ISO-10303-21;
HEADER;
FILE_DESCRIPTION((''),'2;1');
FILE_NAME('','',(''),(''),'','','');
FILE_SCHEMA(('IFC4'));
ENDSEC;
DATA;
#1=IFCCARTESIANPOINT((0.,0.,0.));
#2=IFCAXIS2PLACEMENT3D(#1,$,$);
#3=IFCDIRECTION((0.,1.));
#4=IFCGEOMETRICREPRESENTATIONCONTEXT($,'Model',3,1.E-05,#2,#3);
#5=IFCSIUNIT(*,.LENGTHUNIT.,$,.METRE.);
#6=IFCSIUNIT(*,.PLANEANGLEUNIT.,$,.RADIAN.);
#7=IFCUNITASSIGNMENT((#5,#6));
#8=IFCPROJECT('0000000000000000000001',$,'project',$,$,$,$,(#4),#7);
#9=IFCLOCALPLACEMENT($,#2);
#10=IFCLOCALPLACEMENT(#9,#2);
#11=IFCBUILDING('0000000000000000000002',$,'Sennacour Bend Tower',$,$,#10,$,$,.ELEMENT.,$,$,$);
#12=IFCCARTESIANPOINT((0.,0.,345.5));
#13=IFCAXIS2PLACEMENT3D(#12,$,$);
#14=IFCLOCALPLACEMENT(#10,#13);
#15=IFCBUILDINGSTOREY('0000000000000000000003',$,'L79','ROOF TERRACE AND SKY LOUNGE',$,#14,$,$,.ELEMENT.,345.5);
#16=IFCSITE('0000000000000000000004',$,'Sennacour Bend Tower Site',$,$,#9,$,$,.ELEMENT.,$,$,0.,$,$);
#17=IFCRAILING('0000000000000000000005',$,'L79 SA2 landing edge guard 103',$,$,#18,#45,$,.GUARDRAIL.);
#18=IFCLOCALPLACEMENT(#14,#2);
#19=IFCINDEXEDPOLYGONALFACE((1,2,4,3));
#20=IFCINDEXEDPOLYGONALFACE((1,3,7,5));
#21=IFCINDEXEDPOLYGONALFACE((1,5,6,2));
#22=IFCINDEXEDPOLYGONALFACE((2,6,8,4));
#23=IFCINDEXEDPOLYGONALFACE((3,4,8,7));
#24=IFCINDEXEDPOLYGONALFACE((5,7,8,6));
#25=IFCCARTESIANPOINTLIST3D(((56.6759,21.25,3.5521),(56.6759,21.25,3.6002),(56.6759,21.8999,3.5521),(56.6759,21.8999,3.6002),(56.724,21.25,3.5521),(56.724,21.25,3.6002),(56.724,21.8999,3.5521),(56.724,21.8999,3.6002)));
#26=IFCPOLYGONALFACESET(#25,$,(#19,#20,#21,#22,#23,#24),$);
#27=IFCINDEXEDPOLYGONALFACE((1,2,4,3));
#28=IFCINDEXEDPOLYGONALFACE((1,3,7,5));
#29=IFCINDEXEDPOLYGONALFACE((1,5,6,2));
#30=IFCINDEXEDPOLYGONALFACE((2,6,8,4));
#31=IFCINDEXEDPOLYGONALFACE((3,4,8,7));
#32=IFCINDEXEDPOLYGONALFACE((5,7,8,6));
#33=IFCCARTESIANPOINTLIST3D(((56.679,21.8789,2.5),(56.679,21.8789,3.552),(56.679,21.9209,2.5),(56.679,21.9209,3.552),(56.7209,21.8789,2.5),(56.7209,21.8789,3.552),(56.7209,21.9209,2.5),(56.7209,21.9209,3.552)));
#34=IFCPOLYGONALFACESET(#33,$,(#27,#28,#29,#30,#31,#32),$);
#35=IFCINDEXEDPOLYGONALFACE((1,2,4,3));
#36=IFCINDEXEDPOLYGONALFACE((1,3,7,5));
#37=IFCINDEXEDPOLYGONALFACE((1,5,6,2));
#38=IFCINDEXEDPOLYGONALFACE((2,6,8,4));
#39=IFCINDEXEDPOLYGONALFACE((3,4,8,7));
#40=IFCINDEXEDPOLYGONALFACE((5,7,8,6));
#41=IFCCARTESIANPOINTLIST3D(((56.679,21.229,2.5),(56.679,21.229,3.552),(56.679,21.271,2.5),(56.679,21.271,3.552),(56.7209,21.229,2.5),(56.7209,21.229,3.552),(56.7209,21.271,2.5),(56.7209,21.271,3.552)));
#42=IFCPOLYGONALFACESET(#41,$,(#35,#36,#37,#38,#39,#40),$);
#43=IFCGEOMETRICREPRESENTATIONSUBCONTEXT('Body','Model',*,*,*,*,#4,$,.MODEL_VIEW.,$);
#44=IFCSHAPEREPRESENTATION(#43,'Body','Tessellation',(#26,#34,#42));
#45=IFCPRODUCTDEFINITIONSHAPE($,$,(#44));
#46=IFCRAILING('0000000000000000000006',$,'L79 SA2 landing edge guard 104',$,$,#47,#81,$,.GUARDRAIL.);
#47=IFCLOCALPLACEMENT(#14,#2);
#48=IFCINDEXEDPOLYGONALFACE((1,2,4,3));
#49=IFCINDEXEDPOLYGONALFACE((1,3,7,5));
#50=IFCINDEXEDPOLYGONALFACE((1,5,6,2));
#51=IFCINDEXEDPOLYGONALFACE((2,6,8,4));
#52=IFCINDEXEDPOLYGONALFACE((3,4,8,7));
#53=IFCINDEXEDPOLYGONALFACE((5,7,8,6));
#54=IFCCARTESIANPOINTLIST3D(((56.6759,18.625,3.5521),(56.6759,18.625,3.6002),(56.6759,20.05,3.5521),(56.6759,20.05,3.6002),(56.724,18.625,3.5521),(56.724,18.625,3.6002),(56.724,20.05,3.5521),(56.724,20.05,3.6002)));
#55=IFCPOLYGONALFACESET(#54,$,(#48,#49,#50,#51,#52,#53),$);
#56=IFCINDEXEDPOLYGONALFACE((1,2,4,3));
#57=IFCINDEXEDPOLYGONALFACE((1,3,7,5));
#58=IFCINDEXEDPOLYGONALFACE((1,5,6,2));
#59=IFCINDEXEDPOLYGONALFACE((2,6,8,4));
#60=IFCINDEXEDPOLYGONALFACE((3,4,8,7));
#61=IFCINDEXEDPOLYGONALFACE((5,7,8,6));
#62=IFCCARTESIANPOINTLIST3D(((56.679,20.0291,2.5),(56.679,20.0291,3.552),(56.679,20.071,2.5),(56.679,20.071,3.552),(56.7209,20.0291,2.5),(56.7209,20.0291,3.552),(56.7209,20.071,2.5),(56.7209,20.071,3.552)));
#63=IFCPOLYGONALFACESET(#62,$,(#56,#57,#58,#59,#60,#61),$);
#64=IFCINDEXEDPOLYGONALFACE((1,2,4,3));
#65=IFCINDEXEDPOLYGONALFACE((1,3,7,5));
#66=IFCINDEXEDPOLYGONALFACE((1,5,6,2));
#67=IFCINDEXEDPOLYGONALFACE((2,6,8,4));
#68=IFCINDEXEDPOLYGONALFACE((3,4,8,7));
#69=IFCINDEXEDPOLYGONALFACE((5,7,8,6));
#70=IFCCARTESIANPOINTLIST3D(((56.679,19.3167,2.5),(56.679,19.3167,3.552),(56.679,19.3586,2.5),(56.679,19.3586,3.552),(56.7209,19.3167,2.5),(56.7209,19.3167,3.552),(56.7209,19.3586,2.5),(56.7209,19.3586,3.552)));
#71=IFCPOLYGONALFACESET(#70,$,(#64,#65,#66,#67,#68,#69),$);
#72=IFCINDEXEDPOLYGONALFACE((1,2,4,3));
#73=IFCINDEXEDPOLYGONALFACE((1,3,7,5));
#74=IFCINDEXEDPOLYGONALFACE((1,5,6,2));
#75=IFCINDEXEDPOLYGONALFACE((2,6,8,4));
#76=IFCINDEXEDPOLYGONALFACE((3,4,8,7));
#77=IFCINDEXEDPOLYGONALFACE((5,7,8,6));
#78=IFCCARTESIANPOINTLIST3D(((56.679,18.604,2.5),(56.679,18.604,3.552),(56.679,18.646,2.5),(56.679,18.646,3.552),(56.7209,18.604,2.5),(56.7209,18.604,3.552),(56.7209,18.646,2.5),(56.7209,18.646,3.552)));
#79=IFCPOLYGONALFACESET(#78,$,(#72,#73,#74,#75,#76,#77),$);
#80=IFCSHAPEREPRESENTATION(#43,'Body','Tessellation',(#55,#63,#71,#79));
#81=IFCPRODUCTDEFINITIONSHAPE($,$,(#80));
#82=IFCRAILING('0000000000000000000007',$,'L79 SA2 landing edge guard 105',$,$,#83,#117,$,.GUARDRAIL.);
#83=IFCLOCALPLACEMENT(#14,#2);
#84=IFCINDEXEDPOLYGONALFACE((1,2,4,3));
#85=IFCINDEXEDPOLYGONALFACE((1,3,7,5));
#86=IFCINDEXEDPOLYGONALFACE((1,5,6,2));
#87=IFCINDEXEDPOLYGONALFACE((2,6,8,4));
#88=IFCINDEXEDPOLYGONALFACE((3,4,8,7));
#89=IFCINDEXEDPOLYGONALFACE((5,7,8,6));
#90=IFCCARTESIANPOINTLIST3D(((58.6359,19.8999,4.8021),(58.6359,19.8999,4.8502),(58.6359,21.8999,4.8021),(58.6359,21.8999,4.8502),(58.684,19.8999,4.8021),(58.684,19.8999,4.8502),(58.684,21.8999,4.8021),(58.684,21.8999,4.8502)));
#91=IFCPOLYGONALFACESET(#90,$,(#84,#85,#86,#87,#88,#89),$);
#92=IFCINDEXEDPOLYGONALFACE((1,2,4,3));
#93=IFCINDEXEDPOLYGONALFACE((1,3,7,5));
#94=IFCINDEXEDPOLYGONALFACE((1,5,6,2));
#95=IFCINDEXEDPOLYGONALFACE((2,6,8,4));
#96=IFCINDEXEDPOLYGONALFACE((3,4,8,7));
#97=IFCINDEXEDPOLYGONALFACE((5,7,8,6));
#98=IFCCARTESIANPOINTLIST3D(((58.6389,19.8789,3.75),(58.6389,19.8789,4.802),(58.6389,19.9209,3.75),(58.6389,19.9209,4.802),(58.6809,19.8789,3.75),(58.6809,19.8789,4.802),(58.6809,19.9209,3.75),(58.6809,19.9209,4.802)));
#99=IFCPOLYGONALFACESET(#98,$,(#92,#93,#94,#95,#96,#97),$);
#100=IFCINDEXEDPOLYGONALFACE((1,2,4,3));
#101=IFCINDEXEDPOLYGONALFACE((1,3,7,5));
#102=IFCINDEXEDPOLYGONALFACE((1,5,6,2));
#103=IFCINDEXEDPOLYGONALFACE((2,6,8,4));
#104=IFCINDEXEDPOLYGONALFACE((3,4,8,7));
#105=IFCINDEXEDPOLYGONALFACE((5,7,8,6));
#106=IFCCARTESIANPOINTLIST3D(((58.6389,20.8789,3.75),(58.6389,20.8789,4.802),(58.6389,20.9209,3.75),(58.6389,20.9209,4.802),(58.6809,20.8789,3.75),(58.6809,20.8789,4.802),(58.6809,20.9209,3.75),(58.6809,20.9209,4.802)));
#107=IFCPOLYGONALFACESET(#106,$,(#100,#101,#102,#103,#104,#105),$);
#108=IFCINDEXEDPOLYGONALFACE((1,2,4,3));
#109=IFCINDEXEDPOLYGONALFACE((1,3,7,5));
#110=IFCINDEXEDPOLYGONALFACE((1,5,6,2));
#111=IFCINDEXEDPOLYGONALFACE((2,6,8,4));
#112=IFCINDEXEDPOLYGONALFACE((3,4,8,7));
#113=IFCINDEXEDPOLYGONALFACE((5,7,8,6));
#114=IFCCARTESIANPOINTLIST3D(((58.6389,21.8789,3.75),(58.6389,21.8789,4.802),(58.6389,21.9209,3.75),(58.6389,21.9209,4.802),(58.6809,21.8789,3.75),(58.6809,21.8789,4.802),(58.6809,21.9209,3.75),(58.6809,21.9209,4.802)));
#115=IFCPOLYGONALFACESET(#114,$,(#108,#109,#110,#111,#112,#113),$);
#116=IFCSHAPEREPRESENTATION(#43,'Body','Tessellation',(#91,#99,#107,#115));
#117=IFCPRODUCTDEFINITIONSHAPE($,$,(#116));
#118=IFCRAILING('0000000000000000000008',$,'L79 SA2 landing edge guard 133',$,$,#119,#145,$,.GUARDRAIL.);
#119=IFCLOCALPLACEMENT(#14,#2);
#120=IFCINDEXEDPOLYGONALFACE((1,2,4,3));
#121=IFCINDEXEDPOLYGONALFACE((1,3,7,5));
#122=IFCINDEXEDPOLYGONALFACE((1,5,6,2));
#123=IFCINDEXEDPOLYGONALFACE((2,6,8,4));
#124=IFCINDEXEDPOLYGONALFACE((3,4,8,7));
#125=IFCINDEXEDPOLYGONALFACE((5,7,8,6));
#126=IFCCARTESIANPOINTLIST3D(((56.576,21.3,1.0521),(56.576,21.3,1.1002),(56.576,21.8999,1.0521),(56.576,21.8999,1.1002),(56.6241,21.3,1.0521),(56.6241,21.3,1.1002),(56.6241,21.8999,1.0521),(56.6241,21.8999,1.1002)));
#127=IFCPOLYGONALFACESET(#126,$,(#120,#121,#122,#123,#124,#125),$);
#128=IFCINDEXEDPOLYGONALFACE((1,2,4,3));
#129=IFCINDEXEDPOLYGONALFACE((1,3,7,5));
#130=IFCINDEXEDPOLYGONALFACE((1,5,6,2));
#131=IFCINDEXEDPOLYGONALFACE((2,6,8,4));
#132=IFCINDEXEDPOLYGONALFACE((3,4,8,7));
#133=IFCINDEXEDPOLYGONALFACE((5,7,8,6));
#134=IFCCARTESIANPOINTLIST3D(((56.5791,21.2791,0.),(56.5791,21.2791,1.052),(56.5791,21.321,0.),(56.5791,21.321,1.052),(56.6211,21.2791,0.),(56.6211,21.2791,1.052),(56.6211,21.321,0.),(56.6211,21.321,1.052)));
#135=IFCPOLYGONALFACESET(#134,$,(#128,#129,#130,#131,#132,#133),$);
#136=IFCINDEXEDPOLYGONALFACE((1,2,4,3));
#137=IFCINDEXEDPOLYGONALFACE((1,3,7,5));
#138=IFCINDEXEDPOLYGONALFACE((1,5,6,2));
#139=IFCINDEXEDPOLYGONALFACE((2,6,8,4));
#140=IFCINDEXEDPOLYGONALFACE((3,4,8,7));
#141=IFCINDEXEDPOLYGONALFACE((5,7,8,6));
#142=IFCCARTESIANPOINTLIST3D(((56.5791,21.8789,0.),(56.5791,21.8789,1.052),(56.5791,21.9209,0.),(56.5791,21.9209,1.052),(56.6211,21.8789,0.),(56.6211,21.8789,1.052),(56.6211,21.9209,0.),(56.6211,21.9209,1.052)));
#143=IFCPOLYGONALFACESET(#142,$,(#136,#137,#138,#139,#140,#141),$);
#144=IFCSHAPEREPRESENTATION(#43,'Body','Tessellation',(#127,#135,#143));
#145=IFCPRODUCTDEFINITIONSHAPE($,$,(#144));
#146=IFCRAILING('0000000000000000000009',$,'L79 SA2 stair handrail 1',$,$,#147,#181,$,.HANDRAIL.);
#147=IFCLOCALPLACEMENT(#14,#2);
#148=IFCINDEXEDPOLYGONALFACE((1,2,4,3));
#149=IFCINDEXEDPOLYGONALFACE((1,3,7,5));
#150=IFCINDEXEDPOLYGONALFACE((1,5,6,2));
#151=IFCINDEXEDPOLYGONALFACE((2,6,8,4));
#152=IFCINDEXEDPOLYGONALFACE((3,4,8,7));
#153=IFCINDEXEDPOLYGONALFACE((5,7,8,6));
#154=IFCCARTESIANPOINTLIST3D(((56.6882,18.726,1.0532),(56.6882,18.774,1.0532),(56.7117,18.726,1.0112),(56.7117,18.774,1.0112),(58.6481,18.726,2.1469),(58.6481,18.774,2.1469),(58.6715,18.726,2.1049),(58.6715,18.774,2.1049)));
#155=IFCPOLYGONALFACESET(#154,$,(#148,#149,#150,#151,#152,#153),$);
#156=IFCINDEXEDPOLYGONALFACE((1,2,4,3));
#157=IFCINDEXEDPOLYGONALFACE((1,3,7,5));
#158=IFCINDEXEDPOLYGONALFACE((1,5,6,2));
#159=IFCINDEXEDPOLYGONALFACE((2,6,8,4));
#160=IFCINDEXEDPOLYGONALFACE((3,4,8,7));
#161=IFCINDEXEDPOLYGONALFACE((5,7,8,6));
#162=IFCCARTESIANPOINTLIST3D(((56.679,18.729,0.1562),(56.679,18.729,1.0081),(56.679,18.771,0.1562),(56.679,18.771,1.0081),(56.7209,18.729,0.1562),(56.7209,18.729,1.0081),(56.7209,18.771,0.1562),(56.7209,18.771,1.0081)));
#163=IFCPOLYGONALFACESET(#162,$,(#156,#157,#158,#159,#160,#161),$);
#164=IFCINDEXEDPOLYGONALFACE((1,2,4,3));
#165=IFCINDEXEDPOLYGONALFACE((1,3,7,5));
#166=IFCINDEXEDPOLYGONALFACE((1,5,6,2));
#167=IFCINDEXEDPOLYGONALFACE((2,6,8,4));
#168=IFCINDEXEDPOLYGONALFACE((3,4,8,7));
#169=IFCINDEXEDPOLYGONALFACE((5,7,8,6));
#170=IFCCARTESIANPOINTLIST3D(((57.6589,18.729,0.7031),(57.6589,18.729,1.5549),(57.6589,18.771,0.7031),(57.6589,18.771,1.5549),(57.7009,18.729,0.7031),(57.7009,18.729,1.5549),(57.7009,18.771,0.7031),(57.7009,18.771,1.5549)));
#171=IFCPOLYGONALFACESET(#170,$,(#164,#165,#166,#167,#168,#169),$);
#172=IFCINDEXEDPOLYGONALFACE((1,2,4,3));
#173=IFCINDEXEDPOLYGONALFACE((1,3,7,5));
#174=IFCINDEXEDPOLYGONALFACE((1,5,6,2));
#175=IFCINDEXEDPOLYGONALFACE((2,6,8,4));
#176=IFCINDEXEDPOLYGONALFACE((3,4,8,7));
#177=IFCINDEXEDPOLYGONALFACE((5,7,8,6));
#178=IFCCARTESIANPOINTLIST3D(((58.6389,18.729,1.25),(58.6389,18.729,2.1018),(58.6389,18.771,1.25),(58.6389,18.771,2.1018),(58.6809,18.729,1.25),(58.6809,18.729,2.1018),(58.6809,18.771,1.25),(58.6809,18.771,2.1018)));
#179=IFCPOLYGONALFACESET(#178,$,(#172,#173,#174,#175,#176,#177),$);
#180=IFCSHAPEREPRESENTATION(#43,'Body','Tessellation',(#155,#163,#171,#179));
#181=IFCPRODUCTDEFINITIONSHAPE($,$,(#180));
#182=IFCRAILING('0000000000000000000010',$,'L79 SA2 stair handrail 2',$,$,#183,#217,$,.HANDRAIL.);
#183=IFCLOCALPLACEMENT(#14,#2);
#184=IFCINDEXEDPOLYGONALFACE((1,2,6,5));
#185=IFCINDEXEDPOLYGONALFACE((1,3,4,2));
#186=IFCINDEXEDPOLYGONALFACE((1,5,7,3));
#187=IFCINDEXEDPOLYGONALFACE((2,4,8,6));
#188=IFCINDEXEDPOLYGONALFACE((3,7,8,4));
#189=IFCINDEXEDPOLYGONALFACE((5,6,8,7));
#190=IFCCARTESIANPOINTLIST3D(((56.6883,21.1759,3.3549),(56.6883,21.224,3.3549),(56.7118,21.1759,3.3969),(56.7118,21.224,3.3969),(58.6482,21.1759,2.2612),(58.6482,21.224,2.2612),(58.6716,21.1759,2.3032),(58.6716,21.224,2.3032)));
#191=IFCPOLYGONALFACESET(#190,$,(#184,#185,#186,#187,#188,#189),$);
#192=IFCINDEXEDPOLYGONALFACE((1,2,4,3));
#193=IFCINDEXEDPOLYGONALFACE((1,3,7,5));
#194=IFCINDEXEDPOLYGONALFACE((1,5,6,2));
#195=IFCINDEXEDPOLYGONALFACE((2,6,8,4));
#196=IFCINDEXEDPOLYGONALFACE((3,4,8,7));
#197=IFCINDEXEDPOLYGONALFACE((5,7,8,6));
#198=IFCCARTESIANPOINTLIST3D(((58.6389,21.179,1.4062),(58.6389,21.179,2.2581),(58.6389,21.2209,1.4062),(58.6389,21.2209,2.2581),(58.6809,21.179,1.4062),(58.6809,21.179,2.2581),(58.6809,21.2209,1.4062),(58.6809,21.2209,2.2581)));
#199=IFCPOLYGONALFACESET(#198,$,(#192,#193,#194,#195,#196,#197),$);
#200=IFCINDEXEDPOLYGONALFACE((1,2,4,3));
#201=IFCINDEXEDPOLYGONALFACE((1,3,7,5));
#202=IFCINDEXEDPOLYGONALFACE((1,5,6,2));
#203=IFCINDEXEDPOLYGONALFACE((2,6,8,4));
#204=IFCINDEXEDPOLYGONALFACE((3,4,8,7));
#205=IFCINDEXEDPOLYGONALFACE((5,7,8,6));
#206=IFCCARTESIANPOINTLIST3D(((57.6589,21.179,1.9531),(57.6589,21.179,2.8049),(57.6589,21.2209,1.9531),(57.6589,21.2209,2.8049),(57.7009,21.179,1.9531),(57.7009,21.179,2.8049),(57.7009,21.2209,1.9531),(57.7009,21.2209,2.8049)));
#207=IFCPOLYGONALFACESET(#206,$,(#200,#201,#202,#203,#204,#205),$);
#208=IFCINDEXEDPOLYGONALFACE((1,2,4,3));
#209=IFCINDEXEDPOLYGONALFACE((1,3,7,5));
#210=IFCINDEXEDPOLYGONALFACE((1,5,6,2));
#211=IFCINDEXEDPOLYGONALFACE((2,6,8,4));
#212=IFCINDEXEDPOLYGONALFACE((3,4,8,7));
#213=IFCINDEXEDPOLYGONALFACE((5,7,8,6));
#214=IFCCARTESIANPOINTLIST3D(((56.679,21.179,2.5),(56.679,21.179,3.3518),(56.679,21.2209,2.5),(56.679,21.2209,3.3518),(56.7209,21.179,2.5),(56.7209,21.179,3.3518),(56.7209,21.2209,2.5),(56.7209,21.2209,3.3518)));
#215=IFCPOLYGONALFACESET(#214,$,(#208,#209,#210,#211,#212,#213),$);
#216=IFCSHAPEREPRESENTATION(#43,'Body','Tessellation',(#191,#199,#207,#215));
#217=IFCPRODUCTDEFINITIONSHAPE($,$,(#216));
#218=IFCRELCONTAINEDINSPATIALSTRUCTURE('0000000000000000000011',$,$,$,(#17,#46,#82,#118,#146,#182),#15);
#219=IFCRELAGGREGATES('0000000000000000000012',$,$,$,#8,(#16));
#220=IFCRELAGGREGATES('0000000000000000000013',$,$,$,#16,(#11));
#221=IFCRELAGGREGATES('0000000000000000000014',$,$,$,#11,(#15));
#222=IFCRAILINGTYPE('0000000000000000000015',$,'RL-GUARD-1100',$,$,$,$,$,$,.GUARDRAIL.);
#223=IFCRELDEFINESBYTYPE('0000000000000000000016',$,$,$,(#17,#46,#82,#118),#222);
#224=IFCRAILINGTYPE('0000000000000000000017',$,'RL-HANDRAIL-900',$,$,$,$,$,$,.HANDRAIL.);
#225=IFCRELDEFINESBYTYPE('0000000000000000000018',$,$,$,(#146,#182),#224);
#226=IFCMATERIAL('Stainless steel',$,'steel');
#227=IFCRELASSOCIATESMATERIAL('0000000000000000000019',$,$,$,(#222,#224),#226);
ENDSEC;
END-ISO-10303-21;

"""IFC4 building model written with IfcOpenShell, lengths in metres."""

from ifc_helpers import new_model, si_unit, direction, frame, origin, origin_2d, place, context, subcontext, project, spatial, rectangle, extrude, material, type_object, element, save


model = new_model("IFC4")

# Units and contexts
model_context = context("Model", 3, precision=1e-05, world=origin(), true_north=direction((0.0, 1.0)))
body_context = subcontext(model_context, "Body", "Model", "MODEL_VIEW")
ifc_project = project(units=[si_unit("LENGTHUNIT", "METRE"), si_unit("PLANEANGLEUNIT", "RADIAN")], contexts=[model_context])

# Site, building, storey
site_placement = place(None, origin())
site = spatial("IfcSite", under=ifc_project, at=site_placement, Name="Sennacour Bend Tower Site", CompositionType="ELEMENT", RefElevation=0.0)
building_placement = place(site_placement, origin())
building = spatial("IfcBuilding", under=site, at=building_placement, Name="Sennacour Bend Tower", CompositionType="ELEMENT")
storey_placement = place(building_placement, frame((0.0, 0.0, 345.5)))
storey = spatial("IfcBuildingStorey", under=building, at=storey_placement, Name="L79", Description="ROOF TERRACE AND SKY LOUNGE", CompositionType="ELEMENT", Elevation=345.5)

# Shared definitions
ifc_material_1 = material(Name="Stainless steel", Category="steel")

# Railings
railing_type_1 = type_object("IfcRailingType", Name="RL-GUARD-1100", PredefinedType="GUARDRAIL", material=ifc_material_1)
railing_1_placement = place(storey_placement, frame((56.7, 21.8999, 2.5)))
element("IfcRailing", 1, at=railing_1_placement, inside=storey, type_object=railing_type_1, Name="L79 SA2 landing edge guard 103", PredefinedType="GUARDRAIL", context=body_context, shape_type="SweptSolid", body=[
    extrude(rectangle(XDim=0.0481, YDim=0.0481, at=origin_2d()), frame((0.0, 0.0, 1.0762), z_axis=(0.0, -1.0, 0.0), x_axis=(1.0, 0.0, 0.0)), (0.0, 0.0, 1.0), 0.6499),
    extrude(rectangle(XDim=0.042, YDim=0.042, at=origin_2d()), origin(), (0.0, 0.0, 1.0), 1.052),
    extrude(rectangle(XDim=0.042, YDim=0.042, at=origin_2d()), frame((0.0, -0.6499, 0.0)), (0.0, 0.0, 1.0), 1.052),
])
railing_2_placement = place(storey_placement, frame((56.7, 20.05, 2.5)))
element("IfcRailing", 2, at=railing_2_placement, inside=storey, type_object=railing_type_1, Name="L79 SA2 landing edge guard 104", PredefinedType="GUARDRAIL", context=body_context, shape_type="SweptSolid", body=[
    extrude(rectangle(XDim=0.0481, YDim=0.0481, at=origin_2d()), frame((0.0, 0.0, 1.0762), z_axis=(0.0, -1.0, 0.0), x_axis=(1.0, 0.0, 0.0)), (0.0, 0.0, 1.0), 1.425),
    extrude(rectangle(XDim=0.042, YDim=0.042, at=origin_2d()), origin(), (0.0, 0.0, 1.0), 1.052),
    extrude(rectangle(XDim=0.042, YDim=0.042, at=origin_2d()), frame((0.0, -0.7124, 0.0)), (0.0, 0.0, 1.0), 1.052),
    extrude(rectangle(XDim=0.042, YDim=0.042, at=origin_2d()), frame((0.0, -1.425, 0.0)), (0.0, 0.0, 1.0), 1.052),
])
railing_3_placement = place(storey_placement, frame((58.6599, 19.8999, 3.75)))
element("IfcRailing", 3, at=railing_3_placement, inside=storey, type_object=railing_type_1, Name="L79 SA2 landing edge guard 105", PredefinedType="GUARDRAIL", context=body_context, shape_type="SweptSolid", body=[
    extrude(rectangle(XDim=0.0481, YDim=0.0481, at=origin_2d()), frame((0.0, 0.0, 1.0762), z_axis=(0.0, 1.0, 0.0), x_axis=(-1.0, 0.0, 0.0)), (0.0, 0.0, 1.0), 2.0),
    extrude(rectangle(XDim=0.042, YDim=0.042, at=origin_2d()), origin(), (0.0, 0.0, 1.0), 1.052),
    extrude(rectangle(XDim=0.042, YDim=0.042, at=origin_2d()), frame((0.0, 1.0, 0.0)), (0.0, 0.0, 1.0), 1.052),
    extrude(rectangle(XDim=0.042, YDim=0.042, at=origin_2d()), frame((0.0, 2.0, 0.0)), (0.0, 0.0, 1.0), 1.052),
])
railing_4_placement = place(storey_placement, frame((56.6001, 21.3, 0.0)))
element("IfcRailing", 4, at=railing_4_placement, inside=storey, type_object=railing_type_1, Name="L79 SA2 landing edge guard 133", PredefinedType="GUARDRAIL", context=body_context, shape_type="SweptSolid", body=[
    extrude(rectangle(XDim=0.0481, YDim=0.0481, at=origin_2d()), frame((0.0, 0.0, 1.0762), z_axis=(0.0, 1.0, 0.0), x_axis=(-1.0, 0.0, 0.0)), (0.0, 0.0, 1.0), 0.5999),
    extrude(rectangle(XDim=0.042, YDim=0.042, at=origin_2d()), origin(), (0.0, 0.0, 1.0), 1.052),
    extrude(rectangle(XDim=0.042, YDim=0.042, at=origin_2d()), frame((0.0, 0.5999, 0.0)), (0.0, 0.0, 1.0), 1.052),
])
railing_type_2 = type_object("IfcRailingType", Name="RL-HANDRAIL-900", PredefinedType="HANDRAIL", material=ifc_material_1)
railing_5_placement = place(storey_placement, frame((56.7, 18.75, 0.1562)))
element("IfcRailing", 5, at=railing_5_placement, inside=storey, type_object=railing_type_2, Name="L79 SA2 stair handrail 1", PredefinedType="HANDRAIL", context=body_context, shape_type="SweptSolid", body=[
    extrude(rectangle(XDim=0.0481, YDim=0.0481, at=origin_2d()), frame((0.0, 0.0, 0.876), z_axis=(0.873232, 0.0, 0.487304), x_axis=(0.0, 1.0, 0.0)), (0.0, 0.0, 1.0), 2.2444),
    extrude(rectangle(XDim=0.042, YDim=0.042, at=origin_2d()), origin(), (0.0, 0.0, 1.0), 0.8518),
    extrude(rectangle(XDim=0.042, YDim=0.042, at=origin_2d()), frame((0.98, 0.0, 0.5469)), (0.0, 0.0, 1.0), 0.8518),
    extrude(rectangle(XDim=0.042, YDim=0.042, at=origin_2d()), frame((1.96, 0.0, 1.0938)), (0.0, 0.0, 1.0), 0.8518),
])
railing_6_placement = place(storey_placement, frame((58.6599, 21.2, 1.4062)))
element("IfcRailing", 6, at=railing_6_placement, inside=storey, type_object=railing_type_2, Name="L79 SA2 stair handrail 2", PredefinedType="HANDRAIL", context=body_context, shape_type="SweptSolid", body=[
    extrude(rectangle(XDim=0.0481, YDim=0.0481, at=origin_2d()), frame((0.0, 0.0, 0.876), z_axis=(-0.873232, 0.0, 0.487304), x_axis=(0.0, -1.0, 0.0)), (0.0, 0.0, 1.0), 2.2444),
    extrude(rectangle(XDim=0.042, YDim=0.042, at=origin_2d()), origin(), (0.0, 0.0, 1.0), 0.8518),
    extrude(rectangle(XDim=0.042, YDim=0.042, at=origin_2d()), frame((-0.98, 0.0, 0.5469)), (0.0, 0.0, 1.0), 0.8518),
    extrude(rectangle(XDim=0.042, YDim=0.042, at=origin_2d()), frame((-1.96, 0.0, 1.0938)), (0.0, 0.0, 1.0), 0.8518),
])

save(model, "model.ifc")
